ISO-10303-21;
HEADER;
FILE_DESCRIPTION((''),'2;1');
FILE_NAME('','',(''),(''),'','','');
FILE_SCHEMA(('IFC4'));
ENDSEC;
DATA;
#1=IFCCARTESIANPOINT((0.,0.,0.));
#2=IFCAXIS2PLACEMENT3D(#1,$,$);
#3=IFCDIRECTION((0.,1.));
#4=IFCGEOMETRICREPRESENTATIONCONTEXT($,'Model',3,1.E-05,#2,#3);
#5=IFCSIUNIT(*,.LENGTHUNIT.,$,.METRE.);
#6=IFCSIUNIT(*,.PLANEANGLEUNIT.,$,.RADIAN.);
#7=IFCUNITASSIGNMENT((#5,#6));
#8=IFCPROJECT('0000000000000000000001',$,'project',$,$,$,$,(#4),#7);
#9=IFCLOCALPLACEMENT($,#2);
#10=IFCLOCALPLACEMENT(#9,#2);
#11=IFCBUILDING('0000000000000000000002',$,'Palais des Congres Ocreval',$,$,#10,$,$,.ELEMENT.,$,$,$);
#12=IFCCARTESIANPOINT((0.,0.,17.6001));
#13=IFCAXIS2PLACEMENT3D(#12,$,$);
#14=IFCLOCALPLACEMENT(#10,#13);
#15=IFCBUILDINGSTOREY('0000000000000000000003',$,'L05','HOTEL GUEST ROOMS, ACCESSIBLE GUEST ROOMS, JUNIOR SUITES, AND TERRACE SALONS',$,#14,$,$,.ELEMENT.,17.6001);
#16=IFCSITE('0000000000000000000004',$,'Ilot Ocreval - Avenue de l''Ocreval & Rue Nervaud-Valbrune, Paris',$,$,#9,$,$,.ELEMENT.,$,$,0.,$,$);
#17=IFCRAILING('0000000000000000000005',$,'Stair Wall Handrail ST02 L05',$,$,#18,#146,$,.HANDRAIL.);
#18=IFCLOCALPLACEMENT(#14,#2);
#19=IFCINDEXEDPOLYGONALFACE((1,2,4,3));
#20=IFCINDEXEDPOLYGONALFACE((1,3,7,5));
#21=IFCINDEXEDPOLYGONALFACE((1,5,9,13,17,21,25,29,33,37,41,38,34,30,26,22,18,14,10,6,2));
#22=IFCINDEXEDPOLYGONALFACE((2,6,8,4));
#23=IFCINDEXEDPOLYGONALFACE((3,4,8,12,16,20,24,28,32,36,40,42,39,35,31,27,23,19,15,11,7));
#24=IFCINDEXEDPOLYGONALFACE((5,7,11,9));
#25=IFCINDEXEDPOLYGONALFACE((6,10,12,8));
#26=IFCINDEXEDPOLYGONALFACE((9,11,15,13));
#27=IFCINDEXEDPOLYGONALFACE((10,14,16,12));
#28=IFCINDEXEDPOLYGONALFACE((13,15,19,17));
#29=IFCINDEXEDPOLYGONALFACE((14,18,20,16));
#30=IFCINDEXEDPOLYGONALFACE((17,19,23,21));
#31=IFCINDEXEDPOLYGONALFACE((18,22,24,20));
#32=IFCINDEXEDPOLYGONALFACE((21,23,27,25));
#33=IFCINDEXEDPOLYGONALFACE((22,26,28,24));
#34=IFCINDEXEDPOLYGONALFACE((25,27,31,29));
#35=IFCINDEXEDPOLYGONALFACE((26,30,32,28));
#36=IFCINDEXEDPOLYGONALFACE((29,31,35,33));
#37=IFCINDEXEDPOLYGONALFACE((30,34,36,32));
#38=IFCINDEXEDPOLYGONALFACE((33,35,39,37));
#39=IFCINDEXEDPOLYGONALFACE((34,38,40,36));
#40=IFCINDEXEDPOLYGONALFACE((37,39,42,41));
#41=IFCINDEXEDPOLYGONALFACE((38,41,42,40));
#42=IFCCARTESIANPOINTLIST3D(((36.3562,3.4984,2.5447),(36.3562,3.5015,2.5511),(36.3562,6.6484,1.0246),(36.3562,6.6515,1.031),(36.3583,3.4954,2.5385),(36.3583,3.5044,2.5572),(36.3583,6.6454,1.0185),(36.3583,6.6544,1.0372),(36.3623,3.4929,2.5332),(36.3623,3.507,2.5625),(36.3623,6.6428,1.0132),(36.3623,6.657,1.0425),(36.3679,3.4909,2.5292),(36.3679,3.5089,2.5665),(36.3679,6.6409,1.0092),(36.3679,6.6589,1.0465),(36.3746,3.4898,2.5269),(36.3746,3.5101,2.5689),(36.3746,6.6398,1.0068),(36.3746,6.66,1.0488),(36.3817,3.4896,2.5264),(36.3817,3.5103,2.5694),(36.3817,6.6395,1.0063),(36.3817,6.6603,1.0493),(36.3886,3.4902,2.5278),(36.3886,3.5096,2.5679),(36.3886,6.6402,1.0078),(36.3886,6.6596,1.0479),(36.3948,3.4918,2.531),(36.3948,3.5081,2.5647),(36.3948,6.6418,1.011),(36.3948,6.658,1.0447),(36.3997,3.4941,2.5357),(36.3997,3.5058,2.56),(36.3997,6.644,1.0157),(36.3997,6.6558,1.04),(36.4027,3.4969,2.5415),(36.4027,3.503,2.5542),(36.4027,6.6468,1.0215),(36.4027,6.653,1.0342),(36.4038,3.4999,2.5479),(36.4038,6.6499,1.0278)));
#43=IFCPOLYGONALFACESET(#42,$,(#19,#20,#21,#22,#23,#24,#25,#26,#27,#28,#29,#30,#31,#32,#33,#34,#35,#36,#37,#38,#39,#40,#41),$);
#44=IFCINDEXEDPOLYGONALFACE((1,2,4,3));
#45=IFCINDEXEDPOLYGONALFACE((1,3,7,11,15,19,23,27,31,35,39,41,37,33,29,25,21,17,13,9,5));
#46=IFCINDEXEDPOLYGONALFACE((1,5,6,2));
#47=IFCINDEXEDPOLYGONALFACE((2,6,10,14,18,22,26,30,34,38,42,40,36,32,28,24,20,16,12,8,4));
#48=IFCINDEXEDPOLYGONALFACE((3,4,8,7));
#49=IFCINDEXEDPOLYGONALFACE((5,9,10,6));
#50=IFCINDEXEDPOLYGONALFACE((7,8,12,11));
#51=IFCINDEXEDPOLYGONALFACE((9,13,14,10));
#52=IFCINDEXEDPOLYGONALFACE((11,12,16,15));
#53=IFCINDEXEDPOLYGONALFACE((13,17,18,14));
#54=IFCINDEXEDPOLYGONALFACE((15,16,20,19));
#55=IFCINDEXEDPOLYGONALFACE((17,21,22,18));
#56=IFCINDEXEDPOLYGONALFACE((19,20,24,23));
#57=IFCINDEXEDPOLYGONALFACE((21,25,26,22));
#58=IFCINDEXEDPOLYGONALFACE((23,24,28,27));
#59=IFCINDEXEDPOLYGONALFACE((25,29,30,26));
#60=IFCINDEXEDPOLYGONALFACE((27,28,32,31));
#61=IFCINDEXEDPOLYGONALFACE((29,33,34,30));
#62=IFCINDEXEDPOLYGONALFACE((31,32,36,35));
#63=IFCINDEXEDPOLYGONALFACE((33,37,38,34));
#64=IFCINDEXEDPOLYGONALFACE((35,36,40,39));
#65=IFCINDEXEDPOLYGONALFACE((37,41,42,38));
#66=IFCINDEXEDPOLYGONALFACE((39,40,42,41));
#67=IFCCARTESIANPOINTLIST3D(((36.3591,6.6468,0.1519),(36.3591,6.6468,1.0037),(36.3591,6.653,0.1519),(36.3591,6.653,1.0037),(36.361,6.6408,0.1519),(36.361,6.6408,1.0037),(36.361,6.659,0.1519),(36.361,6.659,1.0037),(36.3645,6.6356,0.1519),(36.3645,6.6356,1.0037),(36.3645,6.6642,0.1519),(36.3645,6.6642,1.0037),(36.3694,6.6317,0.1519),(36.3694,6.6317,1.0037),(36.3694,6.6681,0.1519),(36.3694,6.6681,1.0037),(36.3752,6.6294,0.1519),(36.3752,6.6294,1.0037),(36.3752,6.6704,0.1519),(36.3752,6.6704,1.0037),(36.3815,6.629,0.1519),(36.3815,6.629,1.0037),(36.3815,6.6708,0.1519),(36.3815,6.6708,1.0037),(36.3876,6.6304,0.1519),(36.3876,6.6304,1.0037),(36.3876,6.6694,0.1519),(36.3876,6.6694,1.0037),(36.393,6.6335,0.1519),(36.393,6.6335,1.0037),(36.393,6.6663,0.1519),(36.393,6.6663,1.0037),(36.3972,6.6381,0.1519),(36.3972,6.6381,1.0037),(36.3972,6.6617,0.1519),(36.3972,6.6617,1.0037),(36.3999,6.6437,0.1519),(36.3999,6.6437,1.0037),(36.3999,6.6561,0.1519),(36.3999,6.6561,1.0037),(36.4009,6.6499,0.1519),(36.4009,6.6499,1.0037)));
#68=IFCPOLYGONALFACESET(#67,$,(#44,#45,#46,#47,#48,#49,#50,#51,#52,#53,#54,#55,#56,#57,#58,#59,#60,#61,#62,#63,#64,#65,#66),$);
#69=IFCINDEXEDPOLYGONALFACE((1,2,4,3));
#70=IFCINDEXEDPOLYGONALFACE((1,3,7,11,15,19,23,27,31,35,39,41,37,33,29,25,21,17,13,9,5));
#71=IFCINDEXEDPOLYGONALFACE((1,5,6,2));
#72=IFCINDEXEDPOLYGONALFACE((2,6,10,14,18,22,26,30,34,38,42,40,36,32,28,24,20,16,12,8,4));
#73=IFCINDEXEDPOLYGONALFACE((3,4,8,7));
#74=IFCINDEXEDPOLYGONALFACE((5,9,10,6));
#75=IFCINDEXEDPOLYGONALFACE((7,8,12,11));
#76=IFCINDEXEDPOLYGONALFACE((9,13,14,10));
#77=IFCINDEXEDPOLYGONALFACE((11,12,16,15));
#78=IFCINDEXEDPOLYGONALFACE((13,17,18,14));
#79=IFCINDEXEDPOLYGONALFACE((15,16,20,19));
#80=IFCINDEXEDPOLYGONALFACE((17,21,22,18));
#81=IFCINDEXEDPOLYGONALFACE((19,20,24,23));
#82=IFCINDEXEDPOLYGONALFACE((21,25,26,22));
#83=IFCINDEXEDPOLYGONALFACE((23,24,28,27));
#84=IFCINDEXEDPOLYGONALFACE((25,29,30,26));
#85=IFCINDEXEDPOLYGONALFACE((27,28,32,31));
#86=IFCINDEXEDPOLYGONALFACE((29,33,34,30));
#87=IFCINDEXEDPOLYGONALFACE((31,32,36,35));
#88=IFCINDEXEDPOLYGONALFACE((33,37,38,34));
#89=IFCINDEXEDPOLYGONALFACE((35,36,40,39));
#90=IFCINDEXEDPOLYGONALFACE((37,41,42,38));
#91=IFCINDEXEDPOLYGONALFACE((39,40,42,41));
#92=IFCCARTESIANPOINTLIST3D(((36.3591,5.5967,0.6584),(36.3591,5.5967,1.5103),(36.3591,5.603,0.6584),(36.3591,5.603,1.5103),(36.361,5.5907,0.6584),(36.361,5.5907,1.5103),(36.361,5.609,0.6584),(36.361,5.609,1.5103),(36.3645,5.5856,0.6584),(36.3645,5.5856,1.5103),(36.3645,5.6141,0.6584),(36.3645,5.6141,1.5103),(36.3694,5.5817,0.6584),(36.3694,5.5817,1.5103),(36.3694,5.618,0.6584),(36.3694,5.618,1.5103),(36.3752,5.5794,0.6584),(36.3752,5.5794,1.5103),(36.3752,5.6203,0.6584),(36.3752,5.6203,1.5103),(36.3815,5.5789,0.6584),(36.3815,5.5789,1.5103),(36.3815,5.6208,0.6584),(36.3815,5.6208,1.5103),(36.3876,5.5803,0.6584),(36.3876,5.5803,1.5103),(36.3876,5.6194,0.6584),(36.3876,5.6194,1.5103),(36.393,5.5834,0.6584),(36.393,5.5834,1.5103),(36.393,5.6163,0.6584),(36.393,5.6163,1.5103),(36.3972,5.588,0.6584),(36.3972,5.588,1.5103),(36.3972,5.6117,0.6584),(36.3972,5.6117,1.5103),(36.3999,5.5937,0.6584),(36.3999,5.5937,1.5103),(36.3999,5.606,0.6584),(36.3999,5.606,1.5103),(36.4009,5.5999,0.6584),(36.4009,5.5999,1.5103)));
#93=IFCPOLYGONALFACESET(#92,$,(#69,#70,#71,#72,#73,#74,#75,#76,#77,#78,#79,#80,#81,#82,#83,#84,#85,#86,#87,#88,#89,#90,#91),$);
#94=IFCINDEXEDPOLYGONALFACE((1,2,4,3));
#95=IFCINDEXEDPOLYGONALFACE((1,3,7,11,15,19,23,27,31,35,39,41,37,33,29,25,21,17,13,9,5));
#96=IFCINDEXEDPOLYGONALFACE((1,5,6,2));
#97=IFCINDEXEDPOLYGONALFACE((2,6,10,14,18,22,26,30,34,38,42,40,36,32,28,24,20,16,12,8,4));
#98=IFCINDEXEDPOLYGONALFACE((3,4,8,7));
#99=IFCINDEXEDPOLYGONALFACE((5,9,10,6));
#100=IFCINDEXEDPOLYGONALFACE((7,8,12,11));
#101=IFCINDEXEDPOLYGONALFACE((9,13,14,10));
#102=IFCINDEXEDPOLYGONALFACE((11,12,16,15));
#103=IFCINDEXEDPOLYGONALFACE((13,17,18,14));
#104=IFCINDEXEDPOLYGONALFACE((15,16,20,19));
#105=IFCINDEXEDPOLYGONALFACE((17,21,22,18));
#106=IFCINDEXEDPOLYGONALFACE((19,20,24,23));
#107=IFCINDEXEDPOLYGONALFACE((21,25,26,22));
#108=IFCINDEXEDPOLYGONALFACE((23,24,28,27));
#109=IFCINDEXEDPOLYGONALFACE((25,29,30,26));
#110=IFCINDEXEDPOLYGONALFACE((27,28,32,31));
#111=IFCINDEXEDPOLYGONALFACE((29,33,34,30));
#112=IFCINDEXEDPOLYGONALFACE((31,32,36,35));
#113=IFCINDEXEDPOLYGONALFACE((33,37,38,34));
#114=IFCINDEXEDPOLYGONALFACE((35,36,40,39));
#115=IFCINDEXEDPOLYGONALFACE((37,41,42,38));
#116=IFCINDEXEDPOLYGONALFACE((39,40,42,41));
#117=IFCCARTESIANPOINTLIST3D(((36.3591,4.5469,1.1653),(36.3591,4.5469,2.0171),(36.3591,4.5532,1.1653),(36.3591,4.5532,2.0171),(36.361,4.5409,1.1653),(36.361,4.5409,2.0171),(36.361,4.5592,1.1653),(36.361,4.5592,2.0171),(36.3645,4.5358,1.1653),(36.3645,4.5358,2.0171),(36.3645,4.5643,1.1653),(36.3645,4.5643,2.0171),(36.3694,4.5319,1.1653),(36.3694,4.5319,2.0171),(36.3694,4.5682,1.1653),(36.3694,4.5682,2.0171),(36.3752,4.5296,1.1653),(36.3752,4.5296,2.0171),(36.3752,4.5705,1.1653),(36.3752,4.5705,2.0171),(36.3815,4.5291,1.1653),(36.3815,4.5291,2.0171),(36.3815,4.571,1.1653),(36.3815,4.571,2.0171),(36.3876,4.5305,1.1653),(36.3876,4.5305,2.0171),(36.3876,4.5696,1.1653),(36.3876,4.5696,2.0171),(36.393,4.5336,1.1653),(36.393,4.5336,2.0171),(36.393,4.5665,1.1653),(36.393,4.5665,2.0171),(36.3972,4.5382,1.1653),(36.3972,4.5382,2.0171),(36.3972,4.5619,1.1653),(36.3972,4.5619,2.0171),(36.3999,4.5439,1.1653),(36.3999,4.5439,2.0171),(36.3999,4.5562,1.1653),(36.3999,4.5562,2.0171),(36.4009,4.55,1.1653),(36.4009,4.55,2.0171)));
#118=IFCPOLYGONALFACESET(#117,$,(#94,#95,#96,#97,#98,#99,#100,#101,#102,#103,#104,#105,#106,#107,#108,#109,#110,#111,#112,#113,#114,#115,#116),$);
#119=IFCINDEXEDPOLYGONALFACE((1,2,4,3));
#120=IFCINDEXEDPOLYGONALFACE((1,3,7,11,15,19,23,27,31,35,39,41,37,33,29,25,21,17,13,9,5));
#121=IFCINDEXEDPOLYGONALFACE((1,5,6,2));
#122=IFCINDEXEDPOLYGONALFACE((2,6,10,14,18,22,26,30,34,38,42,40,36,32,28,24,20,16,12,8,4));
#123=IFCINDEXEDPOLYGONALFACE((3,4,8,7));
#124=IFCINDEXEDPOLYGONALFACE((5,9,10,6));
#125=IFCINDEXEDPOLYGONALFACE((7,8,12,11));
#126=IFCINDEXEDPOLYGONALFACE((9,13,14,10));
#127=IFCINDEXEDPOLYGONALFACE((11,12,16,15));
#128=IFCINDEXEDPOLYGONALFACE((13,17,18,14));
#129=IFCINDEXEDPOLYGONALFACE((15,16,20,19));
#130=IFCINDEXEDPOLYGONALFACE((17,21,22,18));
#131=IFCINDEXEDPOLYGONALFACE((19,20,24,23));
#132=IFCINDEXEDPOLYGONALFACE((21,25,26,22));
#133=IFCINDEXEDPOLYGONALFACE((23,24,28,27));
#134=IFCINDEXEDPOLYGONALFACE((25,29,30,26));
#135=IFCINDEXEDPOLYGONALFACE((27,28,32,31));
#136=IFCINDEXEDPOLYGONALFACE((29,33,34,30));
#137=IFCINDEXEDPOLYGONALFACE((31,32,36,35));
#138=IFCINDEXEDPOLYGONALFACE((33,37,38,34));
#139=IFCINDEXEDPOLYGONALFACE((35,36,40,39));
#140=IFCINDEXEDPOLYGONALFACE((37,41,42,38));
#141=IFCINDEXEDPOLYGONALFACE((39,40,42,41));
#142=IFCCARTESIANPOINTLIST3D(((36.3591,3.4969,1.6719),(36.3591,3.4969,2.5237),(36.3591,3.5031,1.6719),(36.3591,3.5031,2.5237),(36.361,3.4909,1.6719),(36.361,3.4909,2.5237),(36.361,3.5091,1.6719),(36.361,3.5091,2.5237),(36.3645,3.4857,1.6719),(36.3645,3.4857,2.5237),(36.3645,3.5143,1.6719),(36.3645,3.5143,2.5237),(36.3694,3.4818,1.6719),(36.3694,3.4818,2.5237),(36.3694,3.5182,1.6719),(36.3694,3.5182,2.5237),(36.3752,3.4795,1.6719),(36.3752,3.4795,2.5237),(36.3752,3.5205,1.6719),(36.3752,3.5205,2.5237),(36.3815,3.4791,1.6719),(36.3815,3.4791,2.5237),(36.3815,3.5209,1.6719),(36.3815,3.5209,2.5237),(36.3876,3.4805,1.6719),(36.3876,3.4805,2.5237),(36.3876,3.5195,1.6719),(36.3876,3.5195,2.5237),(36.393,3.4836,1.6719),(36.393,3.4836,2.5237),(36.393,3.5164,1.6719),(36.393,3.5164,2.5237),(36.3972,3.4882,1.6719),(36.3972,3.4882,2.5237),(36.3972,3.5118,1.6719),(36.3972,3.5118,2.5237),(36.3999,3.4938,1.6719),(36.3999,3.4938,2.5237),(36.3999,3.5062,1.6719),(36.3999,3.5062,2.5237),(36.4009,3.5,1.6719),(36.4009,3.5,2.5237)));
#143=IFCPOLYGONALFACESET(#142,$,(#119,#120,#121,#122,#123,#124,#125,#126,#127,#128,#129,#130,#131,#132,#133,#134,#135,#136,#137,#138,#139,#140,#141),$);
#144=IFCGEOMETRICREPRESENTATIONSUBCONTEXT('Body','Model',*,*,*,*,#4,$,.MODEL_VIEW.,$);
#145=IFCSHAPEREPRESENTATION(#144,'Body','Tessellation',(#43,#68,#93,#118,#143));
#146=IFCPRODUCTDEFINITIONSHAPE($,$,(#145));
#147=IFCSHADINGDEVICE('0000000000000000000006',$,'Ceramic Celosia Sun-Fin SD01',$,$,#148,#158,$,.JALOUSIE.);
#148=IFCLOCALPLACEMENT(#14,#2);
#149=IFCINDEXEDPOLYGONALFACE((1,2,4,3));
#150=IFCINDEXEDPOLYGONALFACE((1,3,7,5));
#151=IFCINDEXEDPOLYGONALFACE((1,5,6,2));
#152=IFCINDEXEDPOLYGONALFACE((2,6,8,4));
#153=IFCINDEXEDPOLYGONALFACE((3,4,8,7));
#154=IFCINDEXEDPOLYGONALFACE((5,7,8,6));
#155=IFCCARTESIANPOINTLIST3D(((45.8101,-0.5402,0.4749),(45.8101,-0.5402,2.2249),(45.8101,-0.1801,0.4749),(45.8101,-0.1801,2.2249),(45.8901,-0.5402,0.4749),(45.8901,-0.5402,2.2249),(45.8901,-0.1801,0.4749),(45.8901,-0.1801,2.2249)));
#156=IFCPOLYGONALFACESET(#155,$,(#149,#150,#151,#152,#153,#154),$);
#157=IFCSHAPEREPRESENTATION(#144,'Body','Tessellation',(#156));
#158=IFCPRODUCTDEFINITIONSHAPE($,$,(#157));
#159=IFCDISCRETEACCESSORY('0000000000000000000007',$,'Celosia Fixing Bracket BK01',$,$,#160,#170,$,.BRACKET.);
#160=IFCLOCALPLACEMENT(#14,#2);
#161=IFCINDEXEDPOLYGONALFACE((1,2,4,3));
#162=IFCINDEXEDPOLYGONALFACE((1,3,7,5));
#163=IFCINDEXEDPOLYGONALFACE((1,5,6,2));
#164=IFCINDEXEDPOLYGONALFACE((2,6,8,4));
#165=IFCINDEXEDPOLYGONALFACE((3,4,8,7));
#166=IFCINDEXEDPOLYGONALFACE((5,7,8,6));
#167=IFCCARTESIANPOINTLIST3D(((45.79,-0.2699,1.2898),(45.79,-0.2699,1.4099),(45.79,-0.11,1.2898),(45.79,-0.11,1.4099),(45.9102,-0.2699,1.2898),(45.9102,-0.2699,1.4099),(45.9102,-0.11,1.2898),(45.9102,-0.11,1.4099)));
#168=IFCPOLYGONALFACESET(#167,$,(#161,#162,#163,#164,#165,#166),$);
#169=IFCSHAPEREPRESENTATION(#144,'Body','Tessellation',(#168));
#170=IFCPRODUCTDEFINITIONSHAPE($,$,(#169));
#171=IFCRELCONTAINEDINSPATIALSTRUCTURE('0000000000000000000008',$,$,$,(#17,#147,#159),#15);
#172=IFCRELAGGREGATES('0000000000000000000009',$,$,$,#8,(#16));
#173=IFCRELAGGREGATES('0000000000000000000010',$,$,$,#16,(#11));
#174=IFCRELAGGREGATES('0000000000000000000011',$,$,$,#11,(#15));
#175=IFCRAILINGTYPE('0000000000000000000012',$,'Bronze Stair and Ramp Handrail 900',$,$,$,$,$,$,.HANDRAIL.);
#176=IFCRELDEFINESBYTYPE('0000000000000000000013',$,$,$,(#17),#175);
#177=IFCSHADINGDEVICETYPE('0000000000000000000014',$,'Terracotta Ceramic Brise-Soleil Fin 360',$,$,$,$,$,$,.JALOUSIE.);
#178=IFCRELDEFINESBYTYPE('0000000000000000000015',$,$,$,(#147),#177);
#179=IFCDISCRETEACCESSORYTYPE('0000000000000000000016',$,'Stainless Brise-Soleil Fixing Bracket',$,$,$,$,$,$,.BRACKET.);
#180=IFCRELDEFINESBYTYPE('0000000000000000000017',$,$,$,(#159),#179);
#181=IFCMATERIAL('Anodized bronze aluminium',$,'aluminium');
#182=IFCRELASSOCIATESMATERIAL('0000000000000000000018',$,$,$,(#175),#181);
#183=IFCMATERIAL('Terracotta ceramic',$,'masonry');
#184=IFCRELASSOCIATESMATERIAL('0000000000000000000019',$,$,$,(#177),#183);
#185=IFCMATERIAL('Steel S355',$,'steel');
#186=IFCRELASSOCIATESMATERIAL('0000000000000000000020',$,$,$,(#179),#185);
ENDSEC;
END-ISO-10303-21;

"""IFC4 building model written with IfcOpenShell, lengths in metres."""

from ifc_helpers import new_model, si_unit, direction, frame, origin, origin_2d, place, context, subcontext, project, spatial, rectangle, circle, extrude, material, type_object, element, save


model = new_model("IFC4")

# Units and contexts
model_context = context("Model", 3, precision=1e-05, world=origin(), true_north=direction((0.0, 1.0)))
body_context = subcontext(model_context, "Body", "Model", "MODEL_VIEW")
ifc_project = project(units=[si_unit("LENGTHUNIT", "METRE"), si_unit("PLANEANGLEUNIT", "RADIAN")], contexts=[model_context])

# Site, building, storey
site_placement = place(None, origin())
site = spatial("IfcSite", under=ifc_project, at=site_placement, Name="Ilot Ocreval - Avenue de l'Ocreval & Rue Nervaud-Valbrune, Paris", CompositionType="ELEMENT", RefElevation=0.0)
building_placement = place(site_placement, origin())
building = spatial("IfcBuilding", under=site, at=building_placement, Name="Palais des Congres Ocreval", CompositionType="ELEMENT")
storey_placement = place(building_placement, frame((0.0, 0.0, 17.6001)))
storey = spatial("IfcBuildingStorey", under=building, at=storey_placement, Name="L05", Description="HOTEL GUEST ROOMS, ACCESSIBLE GUEST ROOMS, JUNIOR SUITES, AND TERRACE SALONS", CompositionType="ELEMENT", Elevation=17.6001)

# Shared definitions
ifc_material_1 = material(Name="Steel S355", Category="steel")

# Railing
ifc_material_2 = material(Name="Anodized bronze aluminium", Category="aluminium")
railing_type_1 = type_object("IfcRailingType", Name="Bronze Stair and Ramp Handrail 900", PredefinedType="HANDRAIL", material=ifc_material_2)
railing_1_placement = place(storey_placement, frame((36.3799, 6.6499, 0.1519)))
element("IfcRailing", 1, at=railing_1_placement, inside=storey, type_object=railing_type_1, Name="Stair Wall Handrail ST02 L05", PredefinedType="HANDRAIL", context=body_context, shape_type="SweptSolid", body=[
    extrude(circle(Radius=0.0239, at=origin_2d()), frame((0.0, 0.0, 0.876), z_axis=(0.0, -0.900621, 0.434605), x_axis=(1.0, 0.0, 0.0)), (0.0, 0.0, 1.0), 3.4976),
    extrude(circle(Radius=0.021, at=origin_2d()), origin(), (0.0, 0.0, 1.0), 0.8518),
    extrude(circle(Radius=0.021, at=origin_2d()), frame((0.0, -1.05, 0.5066)), (0.0, 0.0, 1.0), 0.8518),
    extrude(circle(Radius=0.021, at=origin_2d()), frame((0.0, -2.0999, 1.0134)), (0.0, 0.0, 1.0), 0.8518),
    extrude(circle(Radius=0.021, at=origin_2d()), frame((0.0, -3.1499, 1.52)), (0.0, 0.0, 1.0), 0.8518),
])

# Shading device
ifc_material_3 = material(Name="Terracotta ceramic", Category="masonry")
shading_device_type = type_object("IfcShadingDeviceType", Name="Terracotta Ceramic Brise-Soleil Fin 360", PredefinedType="JALOUSIE", material=ifc_material_3)
shading_device_placement = place(storey_placement, frame((45.8501, -0.3601, 0.4749), z_axis=(0.0, 0.0, 1.0), x_axis=(0.0, -1.0, 0.0)))
element("IfcShadingDevice", 2, at=shading_device_placement, inside=storey, type_object=shading_device_type, Name="Ceramic Celosia Sun-Fin SD01", PredefinedType="JALOUSIE", context=body_context, shape_type="SweptSolid", body=[
    extrude(rectangle(XDim=0.3601, YDim=0.0801, at=origin_2d()), origin(), (0.0, 0.0, 1.0), 1.75),
])

# Discrete accessory
discrete_accessory_type = type_object("IfcDiscreteAccessoryType", Name="Stainless Brise-Soleil Fixing Bracket", PredefinedType="BRACKET", material=ifc_material_1)
discrete_accessory_placement = place(storey_placement, frame((45.8501, -0.1899, 1.2898), z_axis=(0.0, 0.0, 1.0), x_axis=(0.0, -1.0, 0.0)))
element("IfcDiscreteAccessory", 3, at=discrete_accessory_placement, inside=storey, type_object=discrete_accessory_type, Name="Celosia Fixing Bracket BK01", PredefinedType="BRACKET", context=body_context, shape_type="SweptSolid", body=[
    extrude(rectangle(XDim=0.1599, YDim=0.1201, at=origin_2d()), origin(), (0.0, 0.0, 1.0), 0.1201),
])

save(model, "model.ifc")
